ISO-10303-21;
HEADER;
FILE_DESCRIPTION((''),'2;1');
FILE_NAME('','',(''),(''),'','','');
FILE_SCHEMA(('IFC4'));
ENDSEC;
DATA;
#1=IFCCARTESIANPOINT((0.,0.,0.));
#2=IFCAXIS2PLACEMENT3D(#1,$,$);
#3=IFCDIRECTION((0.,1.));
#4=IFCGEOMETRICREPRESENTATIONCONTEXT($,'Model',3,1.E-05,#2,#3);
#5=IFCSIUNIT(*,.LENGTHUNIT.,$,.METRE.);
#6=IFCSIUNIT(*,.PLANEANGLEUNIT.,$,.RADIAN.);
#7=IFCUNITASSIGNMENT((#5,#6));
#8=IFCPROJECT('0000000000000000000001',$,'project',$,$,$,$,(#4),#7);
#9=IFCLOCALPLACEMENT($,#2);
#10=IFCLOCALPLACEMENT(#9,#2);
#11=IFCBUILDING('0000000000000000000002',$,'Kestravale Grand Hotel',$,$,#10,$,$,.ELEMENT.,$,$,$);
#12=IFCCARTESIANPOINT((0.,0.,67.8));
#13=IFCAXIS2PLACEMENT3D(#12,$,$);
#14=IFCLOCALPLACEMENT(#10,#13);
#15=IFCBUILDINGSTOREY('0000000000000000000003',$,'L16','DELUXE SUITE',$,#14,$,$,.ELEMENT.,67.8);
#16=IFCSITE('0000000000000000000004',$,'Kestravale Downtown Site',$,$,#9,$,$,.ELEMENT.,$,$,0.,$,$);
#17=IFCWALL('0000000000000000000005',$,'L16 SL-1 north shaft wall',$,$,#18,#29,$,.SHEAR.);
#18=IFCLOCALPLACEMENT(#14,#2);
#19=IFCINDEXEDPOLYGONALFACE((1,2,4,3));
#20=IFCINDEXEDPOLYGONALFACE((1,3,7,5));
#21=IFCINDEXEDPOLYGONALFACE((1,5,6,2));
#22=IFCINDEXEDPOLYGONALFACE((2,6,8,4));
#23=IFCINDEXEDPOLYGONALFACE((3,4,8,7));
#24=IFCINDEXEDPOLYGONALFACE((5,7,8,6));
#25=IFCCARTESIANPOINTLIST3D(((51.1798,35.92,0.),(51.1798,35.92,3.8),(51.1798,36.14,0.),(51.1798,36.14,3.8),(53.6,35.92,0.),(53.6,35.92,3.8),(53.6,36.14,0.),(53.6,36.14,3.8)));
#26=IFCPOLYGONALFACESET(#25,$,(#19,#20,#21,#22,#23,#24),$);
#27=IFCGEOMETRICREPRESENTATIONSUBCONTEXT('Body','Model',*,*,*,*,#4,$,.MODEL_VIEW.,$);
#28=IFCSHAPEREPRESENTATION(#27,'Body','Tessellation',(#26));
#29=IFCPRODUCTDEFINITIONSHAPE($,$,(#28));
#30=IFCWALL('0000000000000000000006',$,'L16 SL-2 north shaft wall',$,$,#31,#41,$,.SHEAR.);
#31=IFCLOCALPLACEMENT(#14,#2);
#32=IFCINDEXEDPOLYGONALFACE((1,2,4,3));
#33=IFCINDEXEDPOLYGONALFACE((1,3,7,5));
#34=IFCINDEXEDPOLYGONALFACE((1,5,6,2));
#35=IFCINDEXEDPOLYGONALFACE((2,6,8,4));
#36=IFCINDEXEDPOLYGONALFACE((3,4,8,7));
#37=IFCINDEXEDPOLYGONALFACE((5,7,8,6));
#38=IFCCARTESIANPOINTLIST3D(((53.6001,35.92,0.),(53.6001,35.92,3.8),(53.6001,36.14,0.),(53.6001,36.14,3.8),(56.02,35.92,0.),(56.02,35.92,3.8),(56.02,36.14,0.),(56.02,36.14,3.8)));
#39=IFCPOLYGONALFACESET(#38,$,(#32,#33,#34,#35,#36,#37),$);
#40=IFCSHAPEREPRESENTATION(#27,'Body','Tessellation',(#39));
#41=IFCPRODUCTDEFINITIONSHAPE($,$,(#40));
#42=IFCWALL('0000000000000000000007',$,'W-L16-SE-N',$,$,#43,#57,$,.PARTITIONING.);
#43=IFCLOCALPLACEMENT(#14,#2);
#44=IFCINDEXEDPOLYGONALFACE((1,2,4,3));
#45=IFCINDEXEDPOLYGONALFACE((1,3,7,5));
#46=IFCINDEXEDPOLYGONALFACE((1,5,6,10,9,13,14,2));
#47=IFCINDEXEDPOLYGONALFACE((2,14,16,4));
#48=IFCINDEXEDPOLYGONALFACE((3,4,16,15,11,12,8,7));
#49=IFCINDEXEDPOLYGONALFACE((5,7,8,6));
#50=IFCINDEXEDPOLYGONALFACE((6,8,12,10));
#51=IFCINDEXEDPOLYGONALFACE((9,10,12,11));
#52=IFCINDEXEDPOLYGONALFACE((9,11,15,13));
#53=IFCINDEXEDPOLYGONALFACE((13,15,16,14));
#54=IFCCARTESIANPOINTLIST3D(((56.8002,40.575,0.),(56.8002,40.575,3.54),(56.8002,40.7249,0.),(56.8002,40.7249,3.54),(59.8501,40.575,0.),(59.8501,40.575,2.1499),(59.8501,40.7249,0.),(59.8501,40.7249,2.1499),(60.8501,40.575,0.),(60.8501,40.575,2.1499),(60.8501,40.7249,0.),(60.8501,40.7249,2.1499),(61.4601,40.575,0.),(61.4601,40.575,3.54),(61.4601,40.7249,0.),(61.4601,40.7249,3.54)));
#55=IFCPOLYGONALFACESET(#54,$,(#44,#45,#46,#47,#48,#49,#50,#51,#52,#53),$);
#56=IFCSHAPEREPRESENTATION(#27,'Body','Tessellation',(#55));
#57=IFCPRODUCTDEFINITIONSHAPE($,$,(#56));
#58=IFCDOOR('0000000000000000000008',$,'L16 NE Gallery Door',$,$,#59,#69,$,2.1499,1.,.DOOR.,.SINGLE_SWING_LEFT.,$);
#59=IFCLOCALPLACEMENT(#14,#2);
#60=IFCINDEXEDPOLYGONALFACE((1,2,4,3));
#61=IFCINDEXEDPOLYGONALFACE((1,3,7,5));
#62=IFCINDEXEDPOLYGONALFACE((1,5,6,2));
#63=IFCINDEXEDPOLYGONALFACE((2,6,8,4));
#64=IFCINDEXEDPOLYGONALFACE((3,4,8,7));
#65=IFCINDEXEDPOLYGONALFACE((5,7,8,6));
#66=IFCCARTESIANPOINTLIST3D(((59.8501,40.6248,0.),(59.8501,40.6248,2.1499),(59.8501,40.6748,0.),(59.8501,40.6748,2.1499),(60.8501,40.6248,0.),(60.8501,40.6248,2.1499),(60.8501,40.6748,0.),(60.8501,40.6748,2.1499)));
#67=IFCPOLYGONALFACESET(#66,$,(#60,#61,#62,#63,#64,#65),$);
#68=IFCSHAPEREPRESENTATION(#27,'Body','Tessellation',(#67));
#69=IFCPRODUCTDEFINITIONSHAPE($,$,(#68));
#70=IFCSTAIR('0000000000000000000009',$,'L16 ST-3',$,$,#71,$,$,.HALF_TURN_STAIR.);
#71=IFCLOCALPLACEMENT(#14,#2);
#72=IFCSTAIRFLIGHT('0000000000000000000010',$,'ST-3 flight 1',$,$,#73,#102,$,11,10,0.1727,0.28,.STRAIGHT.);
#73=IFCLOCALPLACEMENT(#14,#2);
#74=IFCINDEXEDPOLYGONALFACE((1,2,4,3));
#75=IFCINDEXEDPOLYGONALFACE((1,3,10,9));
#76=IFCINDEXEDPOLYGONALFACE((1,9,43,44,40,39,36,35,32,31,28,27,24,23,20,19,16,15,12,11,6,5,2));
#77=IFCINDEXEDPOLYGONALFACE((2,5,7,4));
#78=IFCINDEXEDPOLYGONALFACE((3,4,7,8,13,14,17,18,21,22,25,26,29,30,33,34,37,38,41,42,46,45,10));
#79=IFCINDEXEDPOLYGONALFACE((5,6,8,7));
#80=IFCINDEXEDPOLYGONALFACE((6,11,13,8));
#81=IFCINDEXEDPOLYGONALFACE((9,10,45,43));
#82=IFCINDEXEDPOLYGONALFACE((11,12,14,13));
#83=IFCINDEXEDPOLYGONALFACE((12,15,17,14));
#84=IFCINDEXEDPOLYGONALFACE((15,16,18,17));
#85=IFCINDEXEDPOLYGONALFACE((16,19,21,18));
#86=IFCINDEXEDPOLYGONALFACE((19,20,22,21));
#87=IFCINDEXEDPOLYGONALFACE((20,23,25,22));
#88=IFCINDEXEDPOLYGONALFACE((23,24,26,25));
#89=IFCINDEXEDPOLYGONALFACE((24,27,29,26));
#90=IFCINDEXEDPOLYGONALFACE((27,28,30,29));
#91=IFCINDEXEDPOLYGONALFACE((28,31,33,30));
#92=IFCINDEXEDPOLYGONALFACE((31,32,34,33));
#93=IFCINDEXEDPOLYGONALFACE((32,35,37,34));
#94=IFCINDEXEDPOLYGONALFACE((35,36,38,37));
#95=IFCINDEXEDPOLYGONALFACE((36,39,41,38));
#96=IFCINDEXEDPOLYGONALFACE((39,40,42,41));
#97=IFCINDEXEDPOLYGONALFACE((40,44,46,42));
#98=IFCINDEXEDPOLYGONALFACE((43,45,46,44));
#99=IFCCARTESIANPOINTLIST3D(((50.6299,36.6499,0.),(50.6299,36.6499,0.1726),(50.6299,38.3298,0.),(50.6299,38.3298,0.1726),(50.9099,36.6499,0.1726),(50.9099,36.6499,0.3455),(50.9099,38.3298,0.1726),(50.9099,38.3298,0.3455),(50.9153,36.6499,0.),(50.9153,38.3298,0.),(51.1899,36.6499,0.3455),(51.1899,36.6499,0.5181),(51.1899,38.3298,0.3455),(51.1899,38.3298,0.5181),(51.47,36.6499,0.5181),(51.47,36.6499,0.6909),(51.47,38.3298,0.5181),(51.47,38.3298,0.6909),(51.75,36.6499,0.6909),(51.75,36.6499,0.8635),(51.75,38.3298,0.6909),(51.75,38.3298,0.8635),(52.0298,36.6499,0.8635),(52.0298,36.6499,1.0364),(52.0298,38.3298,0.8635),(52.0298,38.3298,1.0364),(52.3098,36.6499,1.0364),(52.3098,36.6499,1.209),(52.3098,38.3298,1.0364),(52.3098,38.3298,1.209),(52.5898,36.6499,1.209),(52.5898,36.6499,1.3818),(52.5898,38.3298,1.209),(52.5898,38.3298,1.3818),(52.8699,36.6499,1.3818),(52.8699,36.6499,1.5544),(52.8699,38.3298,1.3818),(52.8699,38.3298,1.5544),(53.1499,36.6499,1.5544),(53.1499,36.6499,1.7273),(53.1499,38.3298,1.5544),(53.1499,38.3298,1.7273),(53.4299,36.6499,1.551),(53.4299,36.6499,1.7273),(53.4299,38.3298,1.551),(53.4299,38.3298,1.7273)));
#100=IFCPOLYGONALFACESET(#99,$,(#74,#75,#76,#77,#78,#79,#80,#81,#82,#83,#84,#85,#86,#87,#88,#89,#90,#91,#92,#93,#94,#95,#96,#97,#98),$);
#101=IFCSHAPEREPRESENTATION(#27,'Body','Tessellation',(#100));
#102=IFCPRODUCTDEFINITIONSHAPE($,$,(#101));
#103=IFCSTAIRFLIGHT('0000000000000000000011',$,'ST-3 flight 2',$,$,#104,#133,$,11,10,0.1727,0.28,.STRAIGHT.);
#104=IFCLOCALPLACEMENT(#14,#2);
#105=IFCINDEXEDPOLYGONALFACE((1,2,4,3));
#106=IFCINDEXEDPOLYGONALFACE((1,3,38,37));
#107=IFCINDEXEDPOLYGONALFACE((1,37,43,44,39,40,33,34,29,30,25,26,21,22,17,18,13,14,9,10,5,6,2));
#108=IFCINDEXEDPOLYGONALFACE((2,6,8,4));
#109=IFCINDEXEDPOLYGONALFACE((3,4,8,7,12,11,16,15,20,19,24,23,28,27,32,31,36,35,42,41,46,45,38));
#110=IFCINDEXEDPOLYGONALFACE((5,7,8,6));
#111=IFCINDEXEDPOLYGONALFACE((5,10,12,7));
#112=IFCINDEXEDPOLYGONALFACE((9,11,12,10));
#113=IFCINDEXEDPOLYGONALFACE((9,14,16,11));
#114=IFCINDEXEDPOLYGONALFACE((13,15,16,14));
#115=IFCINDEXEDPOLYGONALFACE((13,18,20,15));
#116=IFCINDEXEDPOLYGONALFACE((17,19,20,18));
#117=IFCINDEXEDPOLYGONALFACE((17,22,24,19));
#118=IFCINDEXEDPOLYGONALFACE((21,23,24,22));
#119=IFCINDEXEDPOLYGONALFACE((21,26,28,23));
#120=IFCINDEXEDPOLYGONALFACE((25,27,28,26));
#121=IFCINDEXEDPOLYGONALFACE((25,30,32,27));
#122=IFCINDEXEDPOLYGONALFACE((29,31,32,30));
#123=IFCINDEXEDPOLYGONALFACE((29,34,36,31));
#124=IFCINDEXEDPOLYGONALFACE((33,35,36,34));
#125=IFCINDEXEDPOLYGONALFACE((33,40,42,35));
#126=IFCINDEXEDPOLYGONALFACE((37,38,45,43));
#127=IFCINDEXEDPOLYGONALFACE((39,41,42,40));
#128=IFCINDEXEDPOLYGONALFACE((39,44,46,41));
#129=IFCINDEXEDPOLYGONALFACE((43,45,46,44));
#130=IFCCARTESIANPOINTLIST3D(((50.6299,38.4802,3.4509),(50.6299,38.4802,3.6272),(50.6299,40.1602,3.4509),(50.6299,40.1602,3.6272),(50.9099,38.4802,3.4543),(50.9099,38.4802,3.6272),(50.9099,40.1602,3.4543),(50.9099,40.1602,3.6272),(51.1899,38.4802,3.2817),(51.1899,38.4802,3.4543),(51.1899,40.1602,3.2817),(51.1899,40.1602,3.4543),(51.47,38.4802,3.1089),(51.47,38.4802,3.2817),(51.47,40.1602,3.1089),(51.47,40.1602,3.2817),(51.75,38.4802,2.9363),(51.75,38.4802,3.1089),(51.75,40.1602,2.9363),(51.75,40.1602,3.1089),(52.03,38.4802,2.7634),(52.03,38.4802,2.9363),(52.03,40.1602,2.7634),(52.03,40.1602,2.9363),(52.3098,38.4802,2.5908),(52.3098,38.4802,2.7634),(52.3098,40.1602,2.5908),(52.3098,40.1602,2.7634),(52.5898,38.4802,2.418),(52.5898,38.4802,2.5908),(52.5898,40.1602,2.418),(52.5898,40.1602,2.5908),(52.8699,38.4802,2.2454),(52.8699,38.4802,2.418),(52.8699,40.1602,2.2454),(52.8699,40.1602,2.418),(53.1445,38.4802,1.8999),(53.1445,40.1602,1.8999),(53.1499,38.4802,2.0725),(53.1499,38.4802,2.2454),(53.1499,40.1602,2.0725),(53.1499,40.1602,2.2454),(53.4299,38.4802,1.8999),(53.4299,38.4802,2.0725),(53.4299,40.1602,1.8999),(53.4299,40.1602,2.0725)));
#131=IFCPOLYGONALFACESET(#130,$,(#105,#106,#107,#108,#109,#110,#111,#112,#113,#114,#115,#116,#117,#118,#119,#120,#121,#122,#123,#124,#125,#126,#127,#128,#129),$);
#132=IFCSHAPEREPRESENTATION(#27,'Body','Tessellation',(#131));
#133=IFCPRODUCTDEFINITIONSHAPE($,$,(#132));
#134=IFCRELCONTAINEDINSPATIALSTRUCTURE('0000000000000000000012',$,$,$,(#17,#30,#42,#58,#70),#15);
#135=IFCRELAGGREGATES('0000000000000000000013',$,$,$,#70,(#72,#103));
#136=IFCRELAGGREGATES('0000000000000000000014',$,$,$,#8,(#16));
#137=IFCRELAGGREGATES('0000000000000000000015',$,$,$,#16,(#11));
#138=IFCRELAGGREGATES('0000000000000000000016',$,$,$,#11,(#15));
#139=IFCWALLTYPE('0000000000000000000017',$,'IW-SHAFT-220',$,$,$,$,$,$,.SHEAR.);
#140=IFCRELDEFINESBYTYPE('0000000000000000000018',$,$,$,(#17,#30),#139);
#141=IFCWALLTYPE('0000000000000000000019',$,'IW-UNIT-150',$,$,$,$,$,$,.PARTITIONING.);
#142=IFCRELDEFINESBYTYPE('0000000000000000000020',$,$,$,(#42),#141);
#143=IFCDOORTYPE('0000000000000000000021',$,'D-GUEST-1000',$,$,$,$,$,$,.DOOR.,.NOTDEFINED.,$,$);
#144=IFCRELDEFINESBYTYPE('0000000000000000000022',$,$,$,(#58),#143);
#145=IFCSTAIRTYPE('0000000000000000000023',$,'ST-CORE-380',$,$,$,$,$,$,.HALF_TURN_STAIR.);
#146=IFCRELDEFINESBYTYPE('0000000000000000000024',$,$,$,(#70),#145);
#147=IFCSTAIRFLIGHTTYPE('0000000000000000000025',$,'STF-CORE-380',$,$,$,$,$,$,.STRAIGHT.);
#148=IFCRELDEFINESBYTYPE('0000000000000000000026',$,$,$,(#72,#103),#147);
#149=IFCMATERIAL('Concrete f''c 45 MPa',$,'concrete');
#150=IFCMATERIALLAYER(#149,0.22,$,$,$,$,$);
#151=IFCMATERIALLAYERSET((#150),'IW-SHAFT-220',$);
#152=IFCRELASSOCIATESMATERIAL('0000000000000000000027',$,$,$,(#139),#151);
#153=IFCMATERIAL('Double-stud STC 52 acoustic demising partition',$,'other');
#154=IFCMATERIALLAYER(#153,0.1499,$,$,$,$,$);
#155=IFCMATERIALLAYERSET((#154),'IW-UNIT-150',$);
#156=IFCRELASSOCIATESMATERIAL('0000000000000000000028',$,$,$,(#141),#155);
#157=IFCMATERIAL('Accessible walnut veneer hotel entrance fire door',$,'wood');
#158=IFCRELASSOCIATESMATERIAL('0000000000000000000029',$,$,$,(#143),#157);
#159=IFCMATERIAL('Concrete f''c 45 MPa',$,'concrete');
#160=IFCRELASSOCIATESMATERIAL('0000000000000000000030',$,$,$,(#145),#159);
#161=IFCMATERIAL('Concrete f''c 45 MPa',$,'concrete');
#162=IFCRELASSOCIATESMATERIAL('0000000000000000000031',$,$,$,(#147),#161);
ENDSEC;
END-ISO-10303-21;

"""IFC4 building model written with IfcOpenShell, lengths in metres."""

from ifc_helpers import new_model, si_unit, direction, frame, frame_2d, origin, place, context, subcontext, project, spatial, polyline, rectangle, outline, extrude, material, layer, layer_set, type_object, element, fill, aggregate, save


model = new_model("IFC4")

# Units and contexts
model_context = context("Model", 3, precision=1e-05, world=origin(), true_north=direction((0.0, 1.0)))
body_context = subcontext(model_context, "Body", "Model", "MODEL_VIEW")
ifc_project = project(units=[si_unit("LENGTHUNIT", "METRE"), si_unit("PLANEANGLEUNIT", "RADIAN")], contexts=[model_context])

# Site, building, storey
site_placement = place(None, origin())
site = spatial("IfcSite", under=ifc_project, at=site_placement, Name="Kestravale Downtown Site", CompositionType="ELEMENT", RefElevation=0.0)
building_placement = place(site_placement, origin())
building = spatial("IfcBuilding", under=site, at=building_placement, Name="Kestravale Grand Hotel", CompositionType="ELEMENT")
storey_placement = place(building_placement, frame((0.0, 0.0, 67.8)))
storey = spatial("IfcBuildingStorey", under=building, at=storey_placement, Name="L16", Description="DELUXE SUITE", CompositionType="ELEMENT", Elevation=67.8)

# Wall
ifc_material_1 = material(Name="Concrete f'c 45 MPa", Category="concrete")
ifc_layer_1 = layer(ifc_material_1, 0.22)
ifc_layer_set_1 = layer_set([ifc_layer_1], Name="IW-SHAFT-220")
wall_type_1 = type_object("IfcWallType", Name="IW-SHAFT-220", PredefinedType="SHEAR", material=ifc_layer_set_1)
wall_1_placement = place(storey_placement, frame((51.1799, 36.03, 0.0), z_axis=(0.0, 0.0, 1.0), x_axis=(1.0, 0.0, 0.0)))
element("IfcWall", 1, at=wall_1_placement, inside=storey, type_object=wall_type_1, Name="L16 SL-1 north shaft wall", PredefinedType="SHEAR", context=body_context, shape_type="SweptSolid", body=[
    extrude(rectangle(XDim=2.4202, YDim=0.22, at=frame_2d((1.21, 0.0))), origin(), (0.0, 0.0, 1.0), 3.8),
])

# Wall
wall_2_placement = place(storey_placement, frame((53.6001, 36.03, 0.0), z_axis=(0.0, 0.0, 1.0), x_axis=(1.0, 0.0, 0.0)))
element("IfcWall", 2, at=wall_2_placement, inside=storey, type_object=wall_type_1, Name="L16 SL-2 north shaft wall", PredefinedType="SHEAR", context=body_context, shape_type="SweptSolid", body=[
    extrude(rectangle(XDim=2.4199, YDim=0.22, at=frame_2d((1.21, 0.0))), origin(), (0.0, 0.0, 1.0), 3.8),
])

# Wall, opening, door
ifc_material_2 = material(Name="Double-stud STC 52 acoustic demising partition", Category="other")
ifc_layer_2 = layer(ifc_material_2, 0.1499)
ifc_layer_set_2 = layer_set([ifc_layer_2], Name="IW-UNIT-150")
wall_type_2 = type_object("IfcWallType", Name="IW-UNIT-150", PredefinedType="PARTITIONING", material=ifc_layer_set_2)
wall_3_placement = place(storey_placement, frame((56.8, 40.6499, 0.0), z_axis=(0.0, 0.0, 1.0), x_axis=(1.0, 0.0, 0.0)))
wall_3 = element("IfcWall", 3, at=wall_3_placement, inside=storey, type_object=wall_type_2, Name="W-L16-SE-N", PredefinedType="PARTITIONING", context=body_context, shape_type="SweptSolid", body=[
    extrude(rectangle(XDim=4.6599, YDim=0.1499, at=frame_2d((2.3301, 0.0))), origin(), (0.0, 0.0, 1.0), 3.54),
])
opening_1_placement = place(wall_3_placement, frame((3.05, 0.0, 0.0)))
opening_1 = element("IfcOpeningElement", 4, at=opening_1_placement, cuts=wall_3, PredefinedType="OPENING", context=body_context, shape_type="SweptSolid", body=[
    extrude(rectangle(XDim=1.0, YDim=2.1499, at=frame_2d((0.5, 1.075))), frame((0.0, 0.085, 0.0), z_axis=(0.0, -1.0, 0.0), x_axis=(1.0, 0.0, 0.0)), (0.0, 0.0, 1.0), 0.1699),
])
ifc_material_3 = material(Name="Accessible walnut veneer hotel entrance fire door", Category="wood")
door_type_1 = type_object("IfcDoorType", Name="D-GUEST-1000", OperationType="NOTDEFINED", PredefinedType="DOOR", material=ifc_material_3)
door_1_placement = place(opening_1_placement, origin())
door_1 = element("IfcDoor", 5, at=door_1_placement, inside=storey, type_object=door_type_1, Name="L16 NE Gallery Door", OperationType="SINGLE_SWING_LEFT", OverallHeight=2.1499, OverallWidth=1.0, PredefinedType="DOOR", context=body_context, shape_type="SweptSolid", body=[
    extrude(rectangle(XDim=1.0, YDim=2.1499, at=frame_2d((0.5, 1.075))), frame((0.0, 0.0249, 0.0), z_axis=(0.0, -1.0, 0.0), x_axis=(1.0, 0.0, 0.0)), (0.0, 0.0, 1.0), 0.05),
])
fill(opening_1, door_1)

# Stair, stair flights
ifc_material_4 = material(Name="Concrete f'c 45 MPa", Category="concrete")
stair_type = type_object("IfcStairType", Name="ST-CORE-380", PredefinedType="HALF_TURN_STAIR", material=ifc_material_4)
stair_placement = place(storey_placement, origin())
stair = element("IfcStair", 6, at=stair_placement, inside=storey, type_object=stair_type, Name="L16 ST-3", PredefinedType="HALF_TURN_STAIR")
ifc_material_5 = material(Name="Concrete f'c 45 MPa", Category="concrete")
stair_flight_type = type_object("IfcStairFlightType", Name="STF-CORE-380", PredefinedType="STRAIGHT", material=ifc_material_5)
stair_flight_1_placement = place(storey_placement, frame((50.6299, 37.49, 0.0), z_axis=(0.0, 0.0, 1.0), x_axis=(1.0, 0.0, 0.0)))
stair_flight_1 = element("IfcStairFlight", 7, at=stair_flight_1_placement, type_object=stair_flight_type, Name="ST-3 flight 1", NumberOfRisers=11, NumberOfTreads=10, PredefinedType="STRAIGHT", RiserHeight=0.1727, TreadLength=0.28, context=body_context, shape_type="SweptSolid", body=[
    extrude(outline(polyline([(0.0, 0.0), (0.0, 0.1726), (0.28, 0.1726), (0.28, 0.3455), (0.5601, 0.3455), (0.5601, 0.5181), (0.8401, 0.5181), (0.8401, 0.6909), (1.1201, 0.6909), (1.1201, 0.8635), (1.3999, 0.8635), (1.3999, 1.0364), (1.6799, 1.0364), (1.6799, 1.209), (1.96, 1.209), (1.96, 1.3818), (2.24, 1.3818), (2.24, 1.5544), (2.52, 1.5544), (2.52, 1.7273), (2.8, 1.7273), (2.8, 1.8999), (2.8, 1.551), (0.2854, 0.0), (0.0, 0.0)])), frame((0.0, 0.8398, 0.0), z_axis=(0.0, -1.0, 0.0), x_axis=(1.0, 0.0, 0.0)), (0.0, 0.0, 1.0), 1.6799),
])
stair_flight_2_placement = place(storey_placement, frame((53.4299, 39.3201, 1.8999), z_axis=(0.0, 0.0, 1.0), x_axis=(-1.0, 0.0, 0.0)))
stair_flight_2 = element("IfcStairFlight", 8, at=stair_flight_2_placement, type_object=stair_flight_type, Name="ST-3 flight 2", NumberOfRisers=11, NumberOfTreads=10, PredefinedType="STRAIGHT", RiserHeight=0.1727, TreadLength=0.28, context=body_context, shape_type="SweptSolid", body=[
    extrude(outline(polyline([(0.0, 0.0), (0.0, 0.1726), (0.28, 0.1726), (0.28, 0.3455), (0.5601, 0.3455), (0.5601, 0.5181), (0.8401, 0.5181), (0.8401, 0.6909), (1.1201, 0.6909), (1.1201, 0.8635), (1.3999, 0.8635), (1.3999, 1.0364), (1.6799, 1.0364), (1.6799, 1.209), (1.96, 1.209), (1.96, 1.3818), (2.24, 1.3818), (2.24, 1.5544), (2.52, 1.5544), (2.52, 1.7273), (2.8, 1.7273), (2.8, 1.8999), (2.8, 1.551), (0.2854, 0.0), (0.0, 0.0)])), frame((0.0, 0.8398, 0.0), z_axis=(0.0, -1.0, 0.0), x_axis=(1.0, 0.0, 0.0)), (0.0, 0.0, 1.0), 1.6799),
])
aggregate(stair, [stair_flight_1, stair_flight_2])

save(model, "model.ifc")
